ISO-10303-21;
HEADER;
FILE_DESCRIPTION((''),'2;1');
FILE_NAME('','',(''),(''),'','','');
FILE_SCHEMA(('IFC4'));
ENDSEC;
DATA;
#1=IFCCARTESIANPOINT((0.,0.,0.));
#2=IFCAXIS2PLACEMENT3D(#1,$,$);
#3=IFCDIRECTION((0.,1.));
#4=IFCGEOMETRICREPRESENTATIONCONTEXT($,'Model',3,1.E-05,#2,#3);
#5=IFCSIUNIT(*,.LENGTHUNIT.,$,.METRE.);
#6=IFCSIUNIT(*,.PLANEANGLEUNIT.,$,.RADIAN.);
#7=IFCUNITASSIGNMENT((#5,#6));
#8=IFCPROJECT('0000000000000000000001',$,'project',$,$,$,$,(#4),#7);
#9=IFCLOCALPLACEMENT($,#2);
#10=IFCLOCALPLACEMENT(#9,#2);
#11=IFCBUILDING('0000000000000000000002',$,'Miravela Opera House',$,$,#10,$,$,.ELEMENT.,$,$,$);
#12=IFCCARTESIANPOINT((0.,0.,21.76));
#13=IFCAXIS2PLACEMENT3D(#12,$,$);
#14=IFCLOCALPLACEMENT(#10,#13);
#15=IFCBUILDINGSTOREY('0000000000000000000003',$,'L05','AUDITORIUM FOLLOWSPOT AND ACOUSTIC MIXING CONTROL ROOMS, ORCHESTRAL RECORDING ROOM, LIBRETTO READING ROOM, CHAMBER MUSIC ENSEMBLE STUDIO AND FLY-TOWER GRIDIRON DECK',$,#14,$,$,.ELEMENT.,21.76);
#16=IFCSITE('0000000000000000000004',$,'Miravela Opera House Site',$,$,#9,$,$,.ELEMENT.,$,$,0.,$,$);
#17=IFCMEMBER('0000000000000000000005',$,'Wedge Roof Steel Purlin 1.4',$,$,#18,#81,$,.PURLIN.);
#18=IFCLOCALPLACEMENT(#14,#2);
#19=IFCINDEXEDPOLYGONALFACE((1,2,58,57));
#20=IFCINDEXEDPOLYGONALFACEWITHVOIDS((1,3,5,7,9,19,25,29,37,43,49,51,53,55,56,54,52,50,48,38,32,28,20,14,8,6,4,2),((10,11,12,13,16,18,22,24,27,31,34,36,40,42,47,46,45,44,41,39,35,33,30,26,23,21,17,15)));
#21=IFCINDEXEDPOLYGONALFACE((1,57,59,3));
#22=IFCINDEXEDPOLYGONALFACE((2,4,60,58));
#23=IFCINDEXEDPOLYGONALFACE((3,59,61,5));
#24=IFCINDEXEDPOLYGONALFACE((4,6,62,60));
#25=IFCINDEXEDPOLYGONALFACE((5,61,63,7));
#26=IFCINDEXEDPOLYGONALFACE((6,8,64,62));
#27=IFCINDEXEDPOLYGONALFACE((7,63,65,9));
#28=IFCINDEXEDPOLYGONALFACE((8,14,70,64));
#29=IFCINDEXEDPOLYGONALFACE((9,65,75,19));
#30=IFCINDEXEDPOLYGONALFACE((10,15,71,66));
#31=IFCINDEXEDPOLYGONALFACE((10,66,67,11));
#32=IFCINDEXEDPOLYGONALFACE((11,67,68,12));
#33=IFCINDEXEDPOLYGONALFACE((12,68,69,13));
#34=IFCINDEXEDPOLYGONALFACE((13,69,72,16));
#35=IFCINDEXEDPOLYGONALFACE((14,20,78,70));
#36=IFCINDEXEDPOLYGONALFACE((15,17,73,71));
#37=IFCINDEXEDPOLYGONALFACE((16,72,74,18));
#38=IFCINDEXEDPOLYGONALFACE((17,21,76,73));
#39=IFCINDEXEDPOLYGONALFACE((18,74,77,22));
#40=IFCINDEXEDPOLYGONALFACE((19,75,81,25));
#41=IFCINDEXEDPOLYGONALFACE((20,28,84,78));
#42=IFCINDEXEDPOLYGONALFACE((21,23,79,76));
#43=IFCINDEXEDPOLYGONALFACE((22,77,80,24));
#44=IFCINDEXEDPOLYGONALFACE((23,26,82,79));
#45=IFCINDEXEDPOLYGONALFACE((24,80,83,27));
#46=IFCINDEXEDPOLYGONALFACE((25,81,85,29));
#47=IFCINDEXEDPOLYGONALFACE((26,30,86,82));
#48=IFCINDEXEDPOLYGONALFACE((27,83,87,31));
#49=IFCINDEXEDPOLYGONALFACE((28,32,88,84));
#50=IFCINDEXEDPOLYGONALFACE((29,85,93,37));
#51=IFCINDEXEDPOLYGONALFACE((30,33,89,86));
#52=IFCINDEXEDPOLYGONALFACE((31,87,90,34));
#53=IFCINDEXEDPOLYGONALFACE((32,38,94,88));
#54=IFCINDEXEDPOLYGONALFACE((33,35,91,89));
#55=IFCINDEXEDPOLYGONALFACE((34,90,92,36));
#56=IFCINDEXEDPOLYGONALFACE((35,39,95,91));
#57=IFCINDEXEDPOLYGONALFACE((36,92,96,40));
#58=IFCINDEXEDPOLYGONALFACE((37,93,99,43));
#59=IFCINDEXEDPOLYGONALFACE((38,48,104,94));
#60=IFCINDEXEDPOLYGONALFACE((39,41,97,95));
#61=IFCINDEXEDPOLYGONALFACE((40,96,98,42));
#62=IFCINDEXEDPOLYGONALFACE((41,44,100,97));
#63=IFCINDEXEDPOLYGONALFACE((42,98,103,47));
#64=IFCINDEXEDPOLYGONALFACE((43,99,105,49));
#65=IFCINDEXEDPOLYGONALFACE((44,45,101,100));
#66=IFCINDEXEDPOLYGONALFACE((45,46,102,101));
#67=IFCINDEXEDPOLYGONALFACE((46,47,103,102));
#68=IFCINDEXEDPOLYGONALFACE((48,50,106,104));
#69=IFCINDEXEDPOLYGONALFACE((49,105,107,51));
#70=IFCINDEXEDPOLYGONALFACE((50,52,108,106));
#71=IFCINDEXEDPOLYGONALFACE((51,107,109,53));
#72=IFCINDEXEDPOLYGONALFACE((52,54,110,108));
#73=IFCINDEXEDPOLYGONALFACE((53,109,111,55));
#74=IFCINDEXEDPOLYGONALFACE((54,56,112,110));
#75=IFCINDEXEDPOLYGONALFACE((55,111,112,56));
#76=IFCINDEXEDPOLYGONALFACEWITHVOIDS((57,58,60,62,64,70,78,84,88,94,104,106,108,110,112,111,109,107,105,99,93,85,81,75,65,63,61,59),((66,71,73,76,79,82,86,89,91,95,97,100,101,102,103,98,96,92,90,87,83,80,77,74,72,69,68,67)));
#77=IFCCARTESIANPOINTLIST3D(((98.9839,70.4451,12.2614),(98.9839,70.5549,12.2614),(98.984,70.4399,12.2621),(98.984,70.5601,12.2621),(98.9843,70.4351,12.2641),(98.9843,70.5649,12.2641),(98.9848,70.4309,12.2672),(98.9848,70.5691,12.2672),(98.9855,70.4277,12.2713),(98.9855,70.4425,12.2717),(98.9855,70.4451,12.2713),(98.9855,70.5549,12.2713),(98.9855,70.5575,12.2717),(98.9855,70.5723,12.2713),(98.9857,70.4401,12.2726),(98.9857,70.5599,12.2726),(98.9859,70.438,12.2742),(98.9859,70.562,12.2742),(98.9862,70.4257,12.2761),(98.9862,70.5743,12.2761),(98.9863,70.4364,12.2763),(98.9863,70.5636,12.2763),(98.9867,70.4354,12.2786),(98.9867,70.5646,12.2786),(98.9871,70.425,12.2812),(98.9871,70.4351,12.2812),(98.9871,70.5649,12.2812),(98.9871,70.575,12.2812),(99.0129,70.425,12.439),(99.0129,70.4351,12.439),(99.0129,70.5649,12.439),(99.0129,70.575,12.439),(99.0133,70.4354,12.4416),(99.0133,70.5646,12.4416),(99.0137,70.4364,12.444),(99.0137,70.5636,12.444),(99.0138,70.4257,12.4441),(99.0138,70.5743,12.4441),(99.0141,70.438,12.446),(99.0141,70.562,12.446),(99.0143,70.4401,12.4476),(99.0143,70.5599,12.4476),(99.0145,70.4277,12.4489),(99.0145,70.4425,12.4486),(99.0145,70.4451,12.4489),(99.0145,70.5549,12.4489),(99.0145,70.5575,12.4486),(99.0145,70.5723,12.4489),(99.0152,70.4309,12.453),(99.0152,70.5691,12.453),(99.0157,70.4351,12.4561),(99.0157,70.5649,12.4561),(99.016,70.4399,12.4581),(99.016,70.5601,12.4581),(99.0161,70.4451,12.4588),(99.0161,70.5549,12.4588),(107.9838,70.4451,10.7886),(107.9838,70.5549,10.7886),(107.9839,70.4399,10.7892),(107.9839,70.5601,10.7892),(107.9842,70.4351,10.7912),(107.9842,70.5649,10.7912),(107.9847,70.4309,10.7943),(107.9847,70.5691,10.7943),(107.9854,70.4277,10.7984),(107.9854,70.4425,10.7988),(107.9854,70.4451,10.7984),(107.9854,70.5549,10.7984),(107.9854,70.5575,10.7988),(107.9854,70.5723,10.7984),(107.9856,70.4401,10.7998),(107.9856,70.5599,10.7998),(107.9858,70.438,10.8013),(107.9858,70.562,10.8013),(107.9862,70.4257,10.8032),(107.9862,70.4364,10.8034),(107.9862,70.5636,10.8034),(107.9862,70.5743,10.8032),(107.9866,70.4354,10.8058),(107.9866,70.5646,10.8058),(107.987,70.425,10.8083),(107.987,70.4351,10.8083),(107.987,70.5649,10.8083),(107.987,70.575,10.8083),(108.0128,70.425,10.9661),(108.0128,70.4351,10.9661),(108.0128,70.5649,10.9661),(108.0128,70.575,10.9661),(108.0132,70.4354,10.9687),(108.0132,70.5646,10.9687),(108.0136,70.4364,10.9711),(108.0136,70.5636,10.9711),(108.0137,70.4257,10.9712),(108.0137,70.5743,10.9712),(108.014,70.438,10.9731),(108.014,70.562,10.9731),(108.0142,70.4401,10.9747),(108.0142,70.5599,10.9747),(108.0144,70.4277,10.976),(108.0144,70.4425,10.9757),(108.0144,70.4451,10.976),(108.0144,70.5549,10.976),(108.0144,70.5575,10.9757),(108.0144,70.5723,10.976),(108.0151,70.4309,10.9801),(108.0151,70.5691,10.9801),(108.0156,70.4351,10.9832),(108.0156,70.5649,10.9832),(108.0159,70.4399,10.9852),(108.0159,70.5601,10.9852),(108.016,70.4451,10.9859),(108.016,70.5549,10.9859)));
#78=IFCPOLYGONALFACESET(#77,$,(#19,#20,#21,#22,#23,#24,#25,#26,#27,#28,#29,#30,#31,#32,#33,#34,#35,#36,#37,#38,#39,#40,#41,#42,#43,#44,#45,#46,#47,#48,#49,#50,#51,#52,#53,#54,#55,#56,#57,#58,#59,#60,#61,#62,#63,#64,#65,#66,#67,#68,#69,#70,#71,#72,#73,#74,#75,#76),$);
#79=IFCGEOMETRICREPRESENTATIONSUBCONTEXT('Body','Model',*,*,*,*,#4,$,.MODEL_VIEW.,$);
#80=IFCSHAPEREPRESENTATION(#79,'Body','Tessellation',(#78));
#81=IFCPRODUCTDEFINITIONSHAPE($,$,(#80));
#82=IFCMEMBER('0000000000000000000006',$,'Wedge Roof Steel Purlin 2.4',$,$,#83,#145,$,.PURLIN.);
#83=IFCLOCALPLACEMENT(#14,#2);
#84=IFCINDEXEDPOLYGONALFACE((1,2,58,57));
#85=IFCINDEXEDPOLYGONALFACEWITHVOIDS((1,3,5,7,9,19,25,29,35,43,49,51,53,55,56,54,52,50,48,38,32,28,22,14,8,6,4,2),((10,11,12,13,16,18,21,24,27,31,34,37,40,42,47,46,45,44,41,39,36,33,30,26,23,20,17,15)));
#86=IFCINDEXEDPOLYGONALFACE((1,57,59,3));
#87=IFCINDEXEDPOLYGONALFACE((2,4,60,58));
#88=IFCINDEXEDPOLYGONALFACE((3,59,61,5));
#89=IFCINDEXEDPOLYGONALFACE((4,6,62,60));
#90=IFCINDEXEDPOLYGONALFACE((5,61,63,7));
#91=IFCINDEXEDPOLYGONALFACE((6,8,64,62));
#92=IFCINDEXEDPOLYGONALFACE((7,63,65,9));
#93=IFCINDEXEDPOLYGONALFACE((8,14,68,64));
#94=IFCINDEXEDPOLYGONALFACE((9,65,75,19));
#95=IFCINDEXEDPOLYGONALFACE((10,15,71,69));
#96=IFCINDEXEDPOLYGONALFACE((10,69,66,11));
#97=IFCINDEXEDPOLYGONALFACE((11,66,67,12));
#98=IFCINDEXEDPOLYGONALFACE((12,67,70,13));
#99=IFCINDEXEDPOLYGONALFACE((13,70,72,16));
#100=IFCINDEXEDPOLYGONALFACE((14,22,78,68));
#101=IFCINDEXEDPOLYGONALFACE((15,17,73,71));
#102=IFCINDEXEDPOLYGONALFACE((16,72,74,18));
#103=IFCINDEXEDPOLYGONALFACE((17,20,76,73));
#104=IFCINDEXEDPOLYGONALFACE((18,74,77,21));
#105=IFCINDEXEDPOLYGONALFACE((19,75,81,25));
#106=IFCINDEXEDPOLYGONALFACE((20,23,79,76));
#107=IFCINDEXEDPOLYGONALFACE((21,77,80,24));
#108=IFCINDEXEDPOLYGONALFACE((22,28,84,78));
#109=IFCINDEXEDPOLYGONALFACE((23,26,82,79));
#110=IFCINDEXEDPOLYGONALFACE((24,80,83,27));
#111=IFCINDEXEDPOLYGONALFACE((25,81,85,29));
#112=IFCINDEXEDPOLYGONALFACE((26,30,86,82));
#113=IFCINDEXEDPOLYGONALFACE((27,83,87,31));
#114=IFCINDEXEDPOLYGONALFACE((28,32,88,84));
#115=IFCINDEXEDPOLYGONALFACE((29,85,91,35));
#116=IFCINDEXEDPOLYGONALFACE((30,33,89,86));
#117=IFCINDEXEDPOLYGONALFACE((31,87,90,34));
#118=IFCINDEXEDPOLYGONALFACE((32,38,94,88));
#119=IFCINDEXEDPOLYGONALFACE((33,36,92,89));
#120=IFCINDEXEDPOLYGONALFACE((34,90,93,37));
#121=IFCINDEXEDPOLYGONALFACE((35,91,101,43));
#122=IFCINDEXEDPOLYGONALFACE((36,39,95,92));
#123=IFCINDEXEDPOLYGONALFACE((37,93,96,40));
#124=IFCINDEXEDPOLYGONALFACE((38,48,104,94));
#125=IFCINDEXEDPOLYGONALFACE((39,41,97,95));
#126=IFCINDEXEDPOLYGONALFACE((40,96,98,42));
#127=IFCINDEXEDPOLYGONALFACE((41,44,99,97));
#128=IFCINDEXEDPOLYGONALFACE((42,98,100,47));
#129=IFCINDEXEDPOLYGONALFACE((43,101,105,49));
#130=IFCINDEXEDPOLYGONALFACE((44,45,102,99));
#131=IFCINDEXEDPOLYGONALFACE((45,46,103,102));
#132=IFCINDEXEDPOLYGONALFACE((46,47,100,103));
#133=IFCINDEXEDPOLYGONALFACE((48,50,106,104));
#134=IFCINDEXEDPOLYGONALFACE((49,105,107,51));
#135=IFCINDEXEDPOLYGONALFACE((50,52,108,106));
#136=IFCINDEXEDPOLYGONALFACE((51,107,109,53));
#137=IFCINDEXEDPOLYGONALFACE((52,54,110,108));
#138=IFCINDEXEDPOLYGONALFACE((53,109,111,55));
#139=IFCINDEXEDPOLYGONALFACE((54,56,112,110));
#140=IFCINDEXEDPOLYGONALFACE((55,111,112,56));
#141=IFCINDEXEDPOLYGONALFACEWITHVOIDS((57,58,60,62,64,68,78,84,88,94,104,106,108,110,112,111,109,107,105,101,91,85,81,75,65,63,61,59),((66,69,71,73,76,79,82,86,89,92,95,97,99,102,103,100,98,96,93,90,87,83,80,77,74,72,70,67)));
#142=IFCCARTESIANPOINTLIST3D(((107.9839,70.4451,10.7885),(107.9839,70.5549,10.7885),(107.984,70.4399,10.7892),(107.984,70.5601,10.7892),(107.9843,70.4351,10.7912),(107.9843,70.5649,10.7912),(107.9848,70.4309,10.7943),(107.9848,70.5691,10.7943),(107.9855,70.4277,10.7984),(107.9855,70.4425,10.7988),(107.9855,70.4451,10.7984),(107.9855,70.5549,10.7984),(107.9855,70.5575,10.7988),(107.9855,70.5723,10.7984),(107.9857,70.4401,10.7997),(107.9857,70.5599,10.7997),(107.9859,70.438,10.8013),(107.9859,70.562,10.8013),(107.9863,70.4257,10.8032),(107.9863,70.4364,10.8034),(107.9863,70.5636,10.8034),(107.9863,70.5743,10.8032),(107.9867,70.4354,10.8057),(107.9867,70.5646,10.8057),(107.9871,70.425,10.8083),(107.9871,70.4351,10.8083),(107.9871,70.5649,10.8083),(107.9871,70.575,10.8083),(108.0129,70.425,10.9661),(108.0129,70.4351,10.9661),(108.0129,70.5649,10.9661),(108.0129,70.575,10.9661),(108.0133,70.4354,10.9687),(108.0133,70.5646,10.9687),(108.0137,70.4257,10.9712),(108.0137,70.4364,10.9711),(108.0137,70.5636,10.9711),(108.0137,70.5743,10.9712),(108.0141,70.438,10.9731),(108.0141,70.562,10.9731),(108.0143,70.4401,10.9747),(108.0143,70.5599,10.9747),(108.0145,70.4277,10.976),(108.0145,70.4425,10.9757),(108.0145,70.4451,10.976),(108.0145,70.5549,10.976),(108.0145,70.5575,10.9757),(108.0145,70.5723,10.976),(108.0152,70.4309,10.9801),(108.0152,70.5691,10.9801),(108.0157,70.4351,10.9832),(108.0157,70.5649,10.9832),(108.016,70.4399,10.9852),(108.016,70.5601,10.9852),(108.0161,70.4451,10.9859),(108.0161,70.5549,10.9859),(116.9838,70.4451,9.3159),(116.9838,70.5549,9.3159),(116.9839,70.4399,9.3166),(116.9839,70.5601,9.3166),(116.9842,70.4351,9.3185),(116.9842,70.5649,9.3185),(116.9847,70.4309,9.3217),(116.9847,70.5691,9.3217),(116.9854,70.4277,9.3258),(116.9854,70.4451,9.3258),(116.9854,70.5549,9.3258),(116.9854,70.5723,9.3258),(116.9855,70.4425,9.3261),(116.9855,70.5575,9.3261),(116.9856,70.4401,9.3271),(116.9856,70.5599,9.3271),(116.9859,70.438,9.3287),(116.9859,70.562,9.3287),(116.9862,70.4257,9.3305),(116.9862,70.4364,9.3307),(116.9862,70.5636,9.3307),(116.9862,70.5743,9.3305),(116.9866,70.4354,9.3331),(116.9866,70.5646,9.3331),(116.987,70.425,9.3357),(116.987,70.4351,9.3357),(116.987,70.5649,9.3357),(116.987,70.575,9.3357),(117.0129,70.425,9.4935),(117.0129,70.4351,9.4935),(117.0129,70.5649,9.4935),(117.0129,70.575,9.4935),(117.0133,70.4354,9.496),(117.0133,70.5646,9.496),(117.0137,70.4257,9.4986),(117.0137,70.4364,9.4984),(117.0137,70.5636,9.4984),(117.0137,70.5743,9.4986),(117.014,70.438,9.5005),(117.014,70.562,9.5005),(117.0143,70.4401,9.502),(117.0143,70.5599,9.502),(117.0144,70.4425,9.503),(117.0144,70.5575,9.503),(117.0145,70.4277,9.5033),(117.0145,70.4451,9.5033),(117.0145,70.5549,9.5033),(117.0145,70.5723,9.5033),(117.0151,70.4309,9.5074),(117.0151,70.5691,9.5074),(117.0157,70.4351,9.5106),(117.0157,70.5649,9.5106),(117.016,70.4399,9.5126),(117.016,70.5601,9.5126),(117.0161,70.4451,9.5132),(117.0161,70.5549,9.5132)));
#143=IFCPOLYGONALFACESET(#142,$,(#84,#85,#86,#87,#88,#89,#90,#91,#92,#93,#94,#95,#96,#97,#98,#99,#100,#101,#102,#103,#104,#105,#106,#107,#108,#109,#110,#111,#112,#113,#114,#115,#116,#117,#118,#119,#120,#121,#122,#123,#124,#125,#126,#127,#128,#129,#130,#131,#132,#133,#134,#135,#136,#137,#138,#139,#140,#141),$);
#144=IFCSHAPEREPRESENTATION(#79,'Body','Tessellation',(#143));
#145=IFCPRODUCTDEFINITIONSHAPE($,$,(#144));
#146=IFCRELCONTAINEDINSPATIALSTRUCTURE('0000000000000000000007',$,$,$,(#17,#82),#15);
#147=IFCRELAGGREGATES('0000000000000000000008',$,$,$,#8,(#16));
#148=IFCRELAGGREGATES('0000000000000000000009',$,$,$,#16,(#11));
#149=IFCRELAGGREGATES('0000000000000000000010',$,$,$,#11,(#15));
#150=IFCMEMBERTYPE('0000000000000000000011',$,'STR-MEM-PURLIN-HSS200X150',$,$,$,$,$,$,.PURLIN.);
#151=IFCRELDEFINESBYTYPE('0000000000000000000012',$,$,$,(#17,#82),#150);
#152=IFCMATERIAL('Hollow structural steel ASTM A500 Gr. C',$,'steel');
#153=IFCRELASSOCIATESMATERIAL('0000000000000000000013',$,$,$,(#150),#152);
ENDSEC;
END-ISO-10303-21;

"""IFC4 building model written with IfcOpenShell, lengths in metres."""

from ifc_helpers import new_model, si_unit, direction, frame, origin, origin_2d, place, context, subcontext, project, spatial, hollow_rectangle, extrude, material, material_profile, profile_set, type_object, element, save


model = new_model("IFC4")

# Units and contexts
model_context = context("Model", 3, precision=1e-05, world=origin(), true_north=direction((0.0, 1.0)))
body_context = subcontext(model_context, "Body", "Model", "MODEL_VIEW")
ifc_project = project(units=[si_unit("LENGTHUNIT", "METRE"), si_unit("PLANEANGLEUNIT", "RADIAN")], contexts=[model_context])

# Site, building, storey
site_placement = place(None, origin())
site = spatial("IfcSite", under=ifc_project, at=site_placement, Name="Miravela Opera House Site", CompositionType="ELEMENT", RefElevation=0.0)
building_placement = place(site_placement, origin())
building = spatial("IfcBuilding", under=site, at=building_placement, Name="Miravela Opera House", CompositionType="ELEMENT")
storey_placement = place(building_placement, frame((0.0, 0.0, 21.76)))
storey = spatial("IfcBuildingStorey", under=building, at=storey_placement, Name="L05", Description="AUDITORIUM FOLLOWSPOT AND ACOUSTIC MIXING CONTROL ROOMS, ORCHESTRAL RECORDING ROOM, LIBRETTO READING ROOM, CHAMBER MUSIC ENSEMBLE STUDIO AND FLY-TOWER GRIDIRON DECK", CompositionType="ELEMENT", Elevation=21.76)

# Members
ifc_material_1 = material(Name="Hollow structural steel ASTM A500 Gr. C", Category="steel")
ifc_material_profile_1 = material_profile(ifc_material_1, hollow_rectangle(XDim=0.1499, YDim=0.2, WallThickness=0.01, InnerFilletRadius=0.01, OuterFilletRadius=0.02, at=origin_2d()), Name="HSS200X150X10")
ifc_profile_set_1 = profile_set([ifc_material_profile_1])
member_type_1 = type_object("IfcMemberType", Name="STR-MEM-PURLIN-HSS200X150", PredefinedType="PURLIN", material=ifc_profile_set_1)
for number, where, z_axis, x_axis, name in (
    (1, (99.0, 70.5, 12.3601), (0.986872, 0.0, -0.161507), (0.0, 1.0, 0.0), "Wedge Roof Steel Purlin 1.4"),
    (2, (108.0, 70.5, 10.8872), (0.986876, 0.0, -0.161481), (0.0, 1.0, 0.0), "Wedge Roof Steel Purlin 2.4"),
):
    element("IfcMember", number, at=place(storey_placement, frame(where, z_axis=z_axis, x_axis=x_axis)), inside=storey, type_object=member_type_1, Name=name, PredefinedType="PURLIN", context=body_context, shape_type="SweptSolid", body=[
        extrude(hollow_rectangle(XDim=0.1499, YDim=0.2, WallThickness=0.01, InnerFilletRadius=0.01, OuterFilletRadius=0.02, at=origin_2d()), origin(), (0.0, 0.0, 1.0), 9.1196),
    ])

save(model, "model.ifc")
